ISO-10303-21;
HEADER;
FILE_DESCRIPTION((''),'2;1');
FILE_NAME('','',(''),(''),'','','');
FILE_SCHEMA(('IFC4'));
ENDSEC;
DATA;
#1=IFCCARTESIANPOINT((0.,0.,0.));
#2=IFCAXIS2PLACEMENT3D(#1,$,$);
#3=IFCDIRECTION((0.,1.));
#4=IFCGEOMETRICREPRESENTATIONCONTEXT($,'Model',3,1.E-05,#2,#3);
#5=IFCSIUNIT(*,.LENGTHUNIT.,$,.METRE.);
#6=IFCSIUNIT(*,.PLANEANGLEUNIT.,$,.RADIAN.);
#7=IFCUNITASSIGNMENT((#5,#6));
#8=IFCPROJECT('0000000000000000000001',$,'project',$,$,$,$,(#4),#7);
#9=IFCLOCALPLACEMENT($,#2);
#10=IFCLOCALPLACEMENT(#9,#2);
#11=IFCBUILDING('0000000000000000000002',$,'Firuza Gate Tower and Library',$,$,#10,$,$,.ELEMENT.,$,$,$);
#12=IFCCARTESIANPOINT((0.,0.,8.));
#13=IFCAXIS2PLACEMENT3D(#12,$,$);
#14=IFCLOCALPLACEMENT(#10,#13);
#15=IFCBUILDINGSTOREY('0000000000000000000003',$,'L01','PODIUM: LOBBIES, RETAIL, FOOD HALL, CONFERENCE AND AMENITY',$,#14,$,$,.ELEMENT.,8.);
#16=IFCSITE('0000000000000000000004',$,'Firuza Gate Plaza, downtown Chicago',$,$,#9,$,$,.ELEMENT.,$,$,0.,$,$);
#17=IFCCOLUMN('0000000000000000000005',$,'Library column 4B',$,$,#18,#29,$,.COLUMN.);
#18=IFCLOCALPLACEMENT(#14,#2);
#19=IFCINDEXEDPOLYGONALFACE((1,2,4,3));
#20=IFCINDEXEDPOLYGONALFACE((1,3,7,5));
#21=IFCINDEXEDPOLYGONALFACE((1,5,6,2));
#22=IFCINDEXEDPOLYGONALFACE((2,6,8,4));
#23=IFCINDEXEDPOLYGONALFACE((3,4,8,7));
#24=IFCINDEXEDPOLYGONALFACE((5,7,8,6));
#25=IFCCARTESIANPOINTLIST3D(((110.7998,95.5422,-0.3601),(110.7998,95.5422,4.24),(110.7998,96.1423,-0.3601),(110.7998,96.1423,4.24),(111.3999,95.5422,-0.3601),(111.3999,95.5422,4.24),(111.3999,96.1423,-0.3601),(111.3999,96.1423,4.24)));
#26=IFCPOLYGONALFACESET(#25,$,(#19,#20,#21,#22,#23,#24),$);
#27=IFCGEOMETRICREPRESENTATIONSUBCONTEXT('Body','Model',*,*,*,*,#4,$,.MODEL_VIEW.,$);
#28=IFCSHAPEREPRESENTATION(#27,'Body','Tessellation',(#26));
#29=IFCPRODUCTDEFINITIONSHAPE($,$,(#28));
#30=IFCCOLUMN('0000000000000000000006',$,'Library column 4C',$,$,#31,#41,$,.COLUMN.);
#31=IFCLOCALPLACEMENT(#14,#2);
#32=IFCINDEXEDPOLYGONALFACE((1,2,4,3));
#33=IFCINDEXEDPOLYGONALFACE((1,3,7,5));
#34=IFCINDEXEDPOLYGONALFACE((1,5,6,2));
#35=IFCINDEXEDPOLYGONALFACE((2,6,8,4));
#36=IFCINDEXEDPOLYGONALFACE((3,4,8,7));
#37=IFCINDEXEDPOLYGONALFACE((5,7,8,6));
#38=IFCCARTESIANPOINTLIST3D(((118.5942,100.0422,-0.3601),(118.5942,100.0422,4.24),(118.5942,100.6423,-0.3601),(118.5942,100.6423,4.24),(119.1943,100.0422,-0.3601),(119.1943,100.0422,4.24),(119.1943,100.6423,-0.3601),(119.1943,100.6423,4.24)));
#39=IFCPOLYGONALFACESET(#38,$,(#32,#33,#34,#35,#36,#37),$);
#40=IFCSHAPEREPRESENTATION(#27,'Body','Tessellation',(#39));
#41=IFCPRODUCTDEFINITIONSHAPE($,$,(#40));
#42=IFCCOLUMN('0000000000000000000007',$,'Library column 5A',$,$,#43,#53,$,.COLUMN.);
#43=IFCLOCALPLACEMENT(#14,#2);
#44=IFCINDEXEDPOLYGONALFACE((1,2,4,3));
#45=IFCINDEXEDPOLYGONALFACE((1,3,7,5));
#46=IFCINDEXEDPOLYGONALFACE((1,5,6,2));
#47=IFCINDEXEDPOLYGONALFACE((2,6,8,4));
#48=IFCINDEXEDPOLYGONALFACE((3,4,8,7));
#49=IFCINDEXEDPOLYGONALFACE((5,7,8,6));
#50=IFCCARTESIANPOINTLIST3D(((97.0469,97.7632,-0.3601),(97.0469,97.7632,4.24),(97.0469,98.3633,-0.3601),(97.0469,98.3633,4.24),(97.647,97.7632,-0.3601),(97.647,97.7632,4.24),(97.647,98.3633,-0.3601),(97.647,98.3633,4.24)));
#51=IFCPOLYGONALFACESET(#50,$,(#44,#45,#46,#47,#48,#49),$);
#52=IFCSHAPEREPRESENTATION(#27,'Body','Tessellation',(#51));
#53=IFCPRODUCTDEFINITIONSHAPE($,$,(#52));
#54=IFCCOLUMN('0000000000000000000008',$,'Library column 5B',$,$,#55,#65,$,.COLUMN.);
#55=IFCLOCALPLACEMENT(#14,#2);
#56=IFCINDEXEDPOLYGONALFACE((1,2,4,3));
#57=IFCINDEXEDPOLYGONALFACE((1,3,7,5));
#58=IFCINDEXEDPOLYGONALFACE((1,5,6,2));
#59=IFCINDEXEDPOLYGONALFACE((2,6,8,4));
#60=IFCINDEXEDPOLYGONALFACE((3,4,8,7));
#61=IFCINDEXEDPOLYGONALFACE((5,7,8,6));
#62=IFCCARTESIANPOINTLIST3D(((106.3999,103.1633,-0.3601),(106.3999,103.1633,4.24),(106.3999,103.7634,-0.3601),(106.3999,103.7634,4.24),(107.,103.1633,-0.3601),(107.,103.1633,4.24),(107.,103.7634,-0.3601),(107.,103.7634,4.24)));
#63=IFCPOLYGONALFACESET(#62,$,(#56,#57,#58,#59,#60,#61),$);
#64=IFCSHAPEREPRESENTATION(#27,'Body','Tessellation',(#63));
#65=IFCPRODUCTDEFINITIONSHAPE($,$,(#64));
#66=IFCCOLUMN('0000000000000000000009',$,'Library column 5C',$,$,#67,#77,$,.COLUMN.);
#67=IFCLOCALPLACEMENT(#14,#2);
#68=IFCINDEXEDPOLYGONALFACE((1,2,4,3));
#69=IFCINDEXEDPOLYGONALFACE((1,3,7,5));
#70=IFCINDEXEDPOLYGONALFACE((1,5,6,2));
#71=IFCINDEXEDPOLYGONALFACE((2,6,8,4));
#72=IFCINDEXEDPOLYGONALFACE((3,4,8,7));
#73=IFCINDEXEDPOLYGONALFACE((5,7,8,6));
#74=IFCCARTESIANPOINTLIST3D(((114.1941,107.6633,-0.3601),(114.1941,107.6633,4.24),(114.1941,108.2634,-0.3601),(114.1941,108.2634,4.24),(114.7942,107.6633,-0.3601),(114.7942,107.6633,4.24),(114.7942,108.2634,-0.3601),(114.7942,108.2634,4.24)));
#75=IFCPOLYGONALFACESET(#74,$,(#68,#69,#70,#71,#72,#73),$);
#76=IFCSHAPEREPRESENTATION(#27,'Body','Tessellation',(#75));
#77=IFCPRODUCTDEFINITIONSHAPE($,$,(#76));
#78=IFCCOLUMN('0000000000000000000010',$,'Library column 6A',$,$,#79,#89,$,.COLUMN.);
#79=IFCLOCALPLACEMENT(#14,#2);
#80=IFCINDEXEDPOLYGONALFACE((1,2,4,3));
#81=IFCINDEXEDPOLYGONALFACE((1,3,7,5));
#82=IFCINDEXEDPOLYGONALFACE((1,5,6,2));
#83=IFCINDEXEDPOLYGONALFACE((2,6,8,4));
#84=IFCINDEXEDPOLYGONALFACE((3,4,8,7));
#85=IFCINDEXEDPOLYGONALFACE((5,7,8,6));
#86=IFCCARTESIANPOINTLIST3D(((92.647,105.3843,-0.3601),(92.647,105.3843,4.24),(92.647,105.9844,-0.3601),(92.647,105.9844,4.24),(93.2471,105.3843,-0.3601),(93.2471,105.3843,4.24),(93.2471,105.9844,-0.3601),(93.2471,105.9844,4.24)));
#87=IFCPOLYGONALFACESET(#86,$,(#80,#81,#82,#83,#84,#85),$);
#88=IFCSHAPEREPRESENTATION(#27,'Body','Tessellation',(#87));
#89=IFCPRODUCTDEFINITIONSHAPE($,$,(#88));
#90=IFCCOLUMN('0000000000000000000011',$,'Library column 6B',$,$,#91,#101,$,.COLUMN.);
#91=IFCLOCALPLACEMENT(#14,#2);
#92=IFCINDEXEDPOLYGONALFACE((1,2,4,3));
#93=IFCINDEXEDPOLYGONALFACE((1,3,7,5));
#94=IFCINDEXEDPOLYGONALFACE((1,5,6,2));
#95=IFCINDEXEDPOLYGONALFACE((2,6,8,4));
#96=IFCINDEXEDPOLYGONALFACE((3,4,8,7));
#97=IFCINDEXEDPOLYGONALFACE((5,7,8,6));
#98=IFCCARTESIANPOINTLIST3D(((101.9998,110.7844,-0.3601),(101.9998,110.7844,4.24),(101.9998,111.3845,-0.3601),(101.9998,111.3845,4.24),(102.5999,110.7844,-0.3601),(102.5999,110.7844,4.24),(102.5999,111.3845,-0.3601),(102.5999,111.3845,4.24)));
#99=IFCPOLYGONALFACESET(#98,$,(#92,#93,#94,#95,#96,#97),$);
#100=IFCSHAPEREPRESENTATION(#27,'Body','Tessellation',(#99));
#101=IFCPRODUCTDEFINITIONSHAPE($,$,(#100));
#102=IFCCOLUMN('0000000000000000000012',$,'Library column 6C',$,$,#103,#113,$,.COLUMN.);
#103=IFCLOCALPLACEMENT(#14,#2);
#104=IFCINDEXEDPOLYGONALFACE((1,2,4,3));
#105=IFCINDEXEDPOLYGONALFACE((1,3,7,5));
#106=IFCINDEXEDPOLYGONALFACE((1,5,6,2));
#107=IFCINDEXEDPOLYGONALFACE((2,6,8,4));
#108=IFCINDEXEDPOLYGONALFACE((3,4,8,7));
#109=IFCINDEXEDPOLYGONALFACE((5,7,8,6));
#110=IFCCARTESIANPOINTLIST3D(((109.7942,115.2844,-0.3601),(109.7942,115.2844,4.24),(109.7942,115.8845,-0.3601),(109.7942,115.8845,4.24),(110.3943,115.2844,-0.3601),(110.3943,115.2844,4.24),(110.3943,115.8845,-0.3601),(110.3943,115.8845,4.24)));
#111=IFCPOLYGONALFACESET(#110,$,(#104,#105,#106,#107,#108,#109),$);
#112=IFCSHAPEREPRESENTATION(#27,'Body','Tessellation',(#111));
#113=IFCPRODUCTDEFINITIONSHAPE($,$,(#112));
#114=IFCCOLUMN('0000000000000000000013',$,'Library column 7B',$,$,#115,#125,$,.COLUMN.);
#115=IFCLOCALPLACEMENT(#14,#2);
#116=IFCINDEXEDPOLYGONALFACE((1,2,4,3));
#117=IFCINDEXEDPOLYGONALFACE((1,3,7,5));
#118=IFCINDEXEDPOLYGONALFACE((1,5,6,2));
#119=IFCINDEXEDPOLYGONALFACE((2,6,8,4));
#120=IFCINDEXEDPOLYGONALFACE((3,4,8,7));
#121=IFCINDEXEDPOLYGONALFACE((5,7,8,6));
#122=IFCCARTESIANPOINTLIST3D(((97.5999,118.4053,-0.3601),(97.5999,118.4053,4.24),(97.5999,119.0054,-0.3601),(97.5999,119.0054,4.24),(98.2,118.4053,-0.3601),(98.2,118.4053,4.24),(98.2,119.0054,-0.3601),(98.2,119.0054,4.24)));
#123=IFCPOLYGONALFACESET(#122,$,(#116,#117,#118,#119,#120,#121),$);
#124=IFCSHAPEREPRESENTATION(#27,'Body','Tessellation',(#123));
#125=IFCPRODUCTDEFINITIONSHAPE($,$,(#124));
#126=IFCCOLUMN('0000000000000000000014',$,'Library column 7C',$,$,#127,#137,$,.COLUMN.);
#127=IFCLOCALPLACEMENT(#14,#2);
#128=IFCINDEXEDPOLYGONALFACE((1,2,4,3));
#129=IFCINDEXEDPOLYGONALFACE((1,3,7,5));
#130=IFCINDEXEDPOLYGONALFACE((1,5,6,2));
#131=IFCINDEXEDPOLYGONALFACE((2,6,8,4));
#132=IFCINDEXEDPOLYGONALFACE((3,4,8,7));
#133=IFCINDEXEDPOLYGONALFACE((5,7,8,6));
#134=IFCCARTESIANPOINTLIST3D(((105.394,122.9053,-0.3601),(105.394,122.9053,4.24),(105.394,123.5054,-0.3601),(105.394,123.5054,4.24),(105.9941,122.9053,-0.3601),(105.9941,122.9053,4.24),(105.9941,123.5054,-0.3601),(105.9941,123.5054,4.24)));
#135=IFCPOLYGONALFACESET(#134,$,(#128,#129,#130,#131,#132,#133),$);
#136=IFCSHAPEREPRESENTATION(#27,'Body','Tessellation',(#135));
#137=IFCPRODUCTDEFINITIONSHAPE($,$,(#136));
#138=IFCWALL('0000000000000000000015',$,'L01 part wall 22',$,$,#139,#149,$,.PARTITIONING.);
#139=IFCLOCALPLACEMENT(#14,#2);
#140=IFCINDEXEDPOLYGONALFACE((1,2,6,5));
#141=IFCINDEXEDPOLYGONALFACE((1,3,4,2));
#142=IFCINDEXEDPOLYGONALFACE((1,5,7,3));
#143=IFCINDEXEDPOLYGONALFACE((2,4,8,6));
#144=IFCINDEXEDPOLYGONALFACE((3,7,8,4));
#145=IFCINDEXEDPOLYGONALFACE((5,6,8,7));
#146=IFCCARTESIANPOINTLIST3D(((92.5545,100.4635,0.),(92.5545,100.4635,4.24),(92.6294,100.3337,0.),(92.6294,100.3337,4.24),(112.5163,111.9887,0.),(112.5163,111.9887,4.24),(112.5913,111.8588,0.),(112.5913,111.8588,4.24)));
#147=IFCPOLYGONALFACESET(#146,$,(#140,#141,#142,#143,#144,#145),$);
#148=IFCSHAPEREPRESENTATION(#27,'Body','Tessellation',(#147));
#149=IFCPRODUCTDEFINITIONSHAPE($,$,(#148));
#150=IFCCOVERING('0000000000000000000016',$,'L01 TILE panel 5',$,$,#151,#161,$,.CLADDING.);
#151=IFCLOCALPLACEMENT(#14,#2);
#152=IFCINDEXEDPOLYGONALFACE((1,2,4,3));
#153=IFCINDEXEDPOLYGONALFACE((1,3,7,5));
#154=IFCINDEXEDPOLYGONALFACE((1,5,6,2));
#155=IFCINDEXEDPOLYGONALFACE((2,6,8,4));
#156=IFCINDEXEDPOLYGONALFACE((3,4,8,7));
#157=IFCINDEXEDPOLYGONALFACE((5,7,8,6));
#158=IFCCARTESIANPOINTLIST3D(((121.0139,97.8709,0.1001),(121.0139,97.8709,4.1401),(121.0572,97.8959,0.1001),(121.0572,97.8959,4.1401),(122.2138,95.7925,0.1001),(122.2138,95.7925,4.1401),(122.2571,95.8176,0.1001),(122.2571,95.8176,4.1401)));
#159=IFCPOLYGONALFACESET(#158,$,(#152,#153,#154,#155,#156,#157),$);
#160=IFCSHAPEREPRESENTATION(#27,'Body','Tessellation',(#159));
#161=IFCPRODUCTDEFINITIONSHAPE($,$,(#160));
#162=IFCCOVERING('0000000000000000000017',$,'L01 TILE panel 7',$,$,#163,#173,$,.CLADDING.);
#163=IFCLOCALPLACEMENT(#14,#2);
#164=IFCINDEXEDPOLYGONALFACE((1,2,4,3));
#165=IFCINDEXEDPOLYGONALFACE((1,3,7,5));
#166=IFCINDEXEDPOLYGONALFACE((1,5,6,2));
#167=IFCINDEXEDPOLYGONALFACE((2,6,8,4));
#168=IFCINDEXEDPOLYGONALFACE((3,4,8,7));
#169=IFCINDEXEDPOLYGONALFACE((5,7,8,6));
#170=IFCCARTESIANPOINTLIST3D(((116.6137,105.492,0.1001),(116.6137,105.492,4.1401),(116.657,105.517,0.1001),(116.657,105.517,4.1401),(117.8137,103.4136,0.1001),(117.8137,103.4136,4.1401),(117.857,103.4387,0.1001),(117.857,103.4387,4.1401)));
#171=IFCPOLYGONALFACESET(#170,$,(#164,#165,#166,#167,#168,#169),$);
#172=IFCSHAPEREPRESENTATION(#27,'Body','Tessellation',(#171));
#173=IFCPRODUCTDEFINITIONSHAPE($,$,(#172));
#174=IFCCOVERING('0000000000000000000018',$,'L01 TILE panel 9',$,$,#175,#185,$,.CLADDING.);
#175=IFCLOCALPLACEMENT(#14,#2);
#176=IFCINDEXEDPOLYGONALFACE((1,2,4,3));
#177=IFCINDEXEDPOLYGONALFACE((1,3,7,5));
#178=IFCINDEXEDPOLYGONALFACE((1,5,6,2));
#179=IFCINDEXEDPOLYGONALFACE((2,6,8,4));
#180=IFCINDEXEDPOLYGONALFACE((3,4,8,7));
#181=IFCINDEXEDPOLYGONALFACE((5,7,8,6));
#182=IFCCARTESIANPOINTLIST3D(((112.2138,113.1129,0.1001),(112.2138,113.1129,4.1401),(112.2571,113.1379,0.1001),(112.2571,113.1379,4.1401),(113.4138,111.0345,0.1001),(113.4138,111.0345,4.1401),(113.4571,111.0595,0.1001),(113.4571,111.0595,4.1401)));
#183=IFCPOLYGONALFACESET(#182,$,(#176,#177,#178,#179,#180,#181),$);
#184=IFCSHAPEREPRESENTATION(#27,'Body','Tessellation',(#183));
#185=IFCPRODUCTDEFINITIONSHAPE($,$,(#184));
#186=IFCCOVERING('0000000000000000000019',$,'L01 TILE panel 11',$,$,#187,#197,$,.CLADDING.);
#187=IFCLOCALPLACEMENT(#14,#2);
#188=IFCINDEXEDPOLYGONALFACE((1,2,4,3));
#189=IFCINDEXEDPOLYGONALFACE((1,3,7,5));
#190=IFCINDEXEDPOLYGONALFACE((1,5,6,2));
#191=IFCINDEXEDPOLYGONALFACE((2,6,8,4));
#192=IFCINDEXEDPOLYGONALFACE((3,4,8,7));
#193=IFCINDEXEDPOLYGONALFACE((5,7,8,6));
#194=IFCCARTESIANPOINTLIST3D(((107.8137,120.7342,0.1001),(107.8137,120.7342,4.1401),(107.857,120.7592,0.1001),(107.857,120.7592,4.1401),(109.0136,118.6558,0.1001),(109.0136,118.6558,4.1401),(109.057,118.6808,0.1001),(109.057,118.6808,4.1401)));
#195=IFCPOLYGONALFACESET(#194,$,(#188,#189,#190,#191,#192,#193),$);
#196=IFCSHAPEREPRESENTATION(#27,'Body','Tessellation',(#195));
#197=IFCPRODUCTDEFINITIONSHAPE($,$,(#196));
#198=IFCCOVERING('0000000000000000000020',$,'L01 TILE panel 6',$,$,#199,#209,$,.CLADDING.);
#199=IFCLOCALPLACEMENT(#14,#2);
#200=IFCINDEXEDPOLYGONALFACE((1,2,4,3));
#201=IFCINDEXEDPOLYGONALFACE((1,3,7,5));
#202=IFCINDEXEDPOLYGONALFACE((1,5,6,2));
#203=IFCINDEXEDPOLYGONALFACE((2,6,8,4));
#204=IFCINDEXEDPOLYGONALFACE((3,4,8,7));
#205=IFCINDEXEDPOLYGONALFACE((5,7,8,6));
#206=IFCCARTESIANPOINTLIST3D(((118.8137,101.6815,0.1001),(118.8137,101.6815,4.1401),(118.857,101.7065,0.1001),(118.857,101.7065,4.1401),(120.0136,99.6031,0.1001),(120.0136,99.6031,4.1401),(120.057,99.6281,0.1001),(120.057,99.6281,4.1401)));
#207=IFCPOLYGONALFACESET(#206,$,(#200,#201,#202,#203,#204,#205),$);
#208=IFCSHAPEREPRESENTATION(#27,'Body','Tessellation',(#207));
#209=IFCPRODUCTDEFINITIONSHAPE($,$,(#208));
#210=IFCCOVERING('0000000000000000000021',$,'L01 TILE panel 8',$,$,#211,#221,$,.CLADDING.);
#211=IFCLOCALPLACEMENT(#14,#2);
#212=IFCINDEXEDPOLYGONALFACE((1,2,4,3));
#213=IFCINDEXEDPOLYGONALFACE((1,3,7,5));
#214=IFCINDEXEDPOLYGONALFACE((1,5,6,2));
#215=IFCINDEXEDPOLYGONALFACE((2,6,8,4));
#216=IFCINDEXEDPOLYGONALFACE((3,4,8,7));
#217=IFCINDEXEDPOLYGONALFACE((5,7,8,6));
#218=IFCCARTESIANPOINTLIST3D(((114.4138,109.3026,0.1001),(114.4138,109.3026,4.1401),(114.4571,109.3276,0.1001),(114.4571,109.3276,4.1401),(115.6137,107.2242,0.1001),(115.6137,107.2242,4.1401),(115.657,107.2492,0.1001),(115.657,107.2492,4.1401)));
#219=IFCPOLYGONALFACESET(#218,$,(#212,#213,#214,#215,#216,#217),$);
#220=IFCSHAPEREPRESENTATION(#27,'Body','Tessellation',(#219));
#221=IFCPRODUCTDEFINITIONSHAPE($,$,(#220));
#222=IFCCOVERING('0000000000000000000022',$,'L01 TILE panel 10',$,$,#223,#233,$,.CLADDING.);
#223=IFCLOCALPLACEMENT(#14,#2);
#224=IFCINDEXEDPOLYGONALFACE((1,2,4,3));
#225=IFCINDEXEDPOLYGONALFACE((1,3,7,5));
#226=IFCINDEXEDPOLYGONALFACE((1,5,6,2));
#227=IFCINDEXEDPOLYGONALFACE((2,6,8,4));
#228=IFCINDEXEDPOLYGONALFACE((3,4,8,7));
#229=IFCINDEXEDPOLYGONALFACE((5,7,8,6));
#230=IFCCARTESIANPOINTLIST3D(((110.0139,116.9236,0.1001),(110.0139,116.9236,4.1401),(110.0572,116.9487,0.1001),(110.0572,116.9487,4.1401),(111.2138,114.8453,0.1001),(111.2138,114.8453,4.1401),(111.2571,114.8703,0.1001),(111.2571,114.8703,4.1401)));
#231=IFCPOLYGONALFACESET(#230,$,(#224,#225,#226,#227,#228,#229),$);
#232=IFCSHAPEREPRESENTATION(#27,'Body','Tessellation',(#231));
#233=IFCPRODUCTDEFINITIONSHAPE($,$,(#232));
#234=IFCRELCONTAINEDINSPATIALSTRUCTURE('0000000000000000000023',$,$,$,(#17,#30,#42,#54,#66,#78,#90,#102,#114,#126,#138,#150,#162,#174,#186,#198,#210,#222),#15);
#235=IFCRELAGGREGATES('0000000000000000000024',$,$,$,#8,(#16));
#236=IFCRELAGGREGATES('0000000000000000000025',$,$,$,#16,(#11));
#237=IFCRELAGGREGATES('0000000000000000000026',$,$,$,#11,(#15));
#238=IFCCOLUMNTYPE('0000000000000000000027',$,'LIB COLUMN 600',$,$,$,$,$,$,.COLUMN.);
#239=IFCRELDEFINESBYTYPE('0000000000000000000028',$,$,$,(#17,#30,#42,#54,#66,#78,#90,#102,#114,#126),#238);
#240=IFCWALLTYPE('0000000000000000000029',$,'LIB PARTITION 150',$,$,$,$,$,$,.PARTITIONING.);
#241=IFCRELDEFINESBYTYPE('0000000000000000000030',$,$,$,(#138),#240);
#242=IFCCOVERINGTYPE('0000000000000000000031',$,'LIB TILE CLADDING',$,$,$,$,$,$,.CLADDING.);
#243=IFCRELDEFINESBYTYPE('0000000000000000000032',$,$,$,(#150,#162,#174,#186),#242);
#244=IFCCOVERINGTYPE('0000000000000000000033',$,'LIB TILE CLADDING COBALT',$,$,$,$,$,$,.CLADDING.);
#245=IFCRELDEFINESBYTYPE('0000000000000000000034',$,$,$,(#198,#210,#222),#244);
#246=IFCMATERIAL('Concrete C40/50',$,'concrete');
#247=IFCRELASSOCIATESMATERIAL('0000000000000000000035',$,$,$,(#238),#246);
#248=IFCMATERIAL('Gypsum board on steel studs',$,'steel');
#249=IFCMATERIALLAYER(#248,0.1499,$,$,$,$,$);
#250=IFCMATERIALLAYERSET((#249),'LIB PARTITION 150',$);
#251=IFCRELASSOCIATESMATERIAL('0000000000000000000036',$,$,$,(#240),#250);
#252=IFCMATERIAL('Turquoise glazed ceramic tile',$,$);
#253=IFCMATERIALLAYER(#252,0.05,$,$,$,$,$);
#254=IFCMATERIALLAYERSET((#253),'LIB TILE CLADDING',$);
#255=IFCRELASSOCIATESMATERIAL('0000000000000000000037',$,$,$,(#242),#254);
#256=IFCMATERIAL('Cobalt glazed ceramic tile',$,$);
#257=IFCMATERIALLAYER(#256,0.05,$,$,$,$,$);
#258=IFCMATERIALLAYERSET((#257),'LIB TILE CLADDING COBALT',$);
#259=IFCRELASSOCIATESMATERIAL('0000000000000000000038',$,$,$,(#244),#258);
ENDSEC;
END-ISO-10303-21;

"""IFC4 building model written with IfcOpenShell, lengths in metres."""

from ifc_helpers import new_model, si_unit, direction, frame, frame_2d, origin, origin_2d, place, context, subcontext, project, spatial, rectangle, extrude, material, layer, layer_set, material_profile, profile_set, type_object, element, save


model = new_model("IFC4")

# Units and contexts
model_context = context("Model", 3, precision=1e-05, world=origin(), true_north=direction((0.0, 1.0)))
body_context = subcontext(model_context, "Body", "Model", "MODEL_VIEW")
ifc_project = project(units=[si_unit("LENGTHUNIT", "METRE"), si_unit("PLANEANGLEUNIT", "RADIAN")], contexts=[model_context])

# Site, building, storey
site_placement = place(None, origin())
site = spatial("IfcSite", under=ifc_project, at=site_placement, Name="Firuza Gate Plaza, downtown Chicago", CompositionType="ELEMENT", RefElevation=0.0)
building_placement = place(site_placement, origin())
building = spatial("IfcBuilding", under=site, at=building_placement, Name="Firuza Gate Tower and Library", CompositionType="ELEMENT")
storey_placement = place(building_placement, frame((0.0, 0.0, 8.0)))
storey = spatial("IfcBuildingStorey", under=building, at=storey_placement, Name="L01", Description="PODIUM: LOBBIES, RETAIL, FOOD HALL, CONFERENCE AND AMENITY", CompositionType="ELEMENT", Elevation=8.0)

# Columns
ifc_material_1 = material(Name="Concrete C40/50", Category="concrete")
ifc_material_profile = material_profile(ifc_material_1, rectangle(XDim=0.6001, YDim=0.6001, at=origin_2d()))
ifc_profile_set = profile_set([ifc_material_profile], Name="Concrete C40/50")
column_type = type_object("IfcColumnType", Name="LIB COLUMN 600", PredefinedType="COLUMN", material=ifc_profile_set)
for number, where, z_axis, x_axis, name in (
    (1, (111.0999, 95.8423, -0.3601), (0.0, 0.0, 1.0), (1.0, 0.0, 0.0), "Library column 4B"),
    (2, (118.8943, 100.3423, -0.3601), (0.0, 0.0, 1.0), (1.0, 0.0, 0.0), "Library column 4C"),
    (3, (97.3469, 98.0632, -0.3601), (0.0, 0.0, 1.0), (1.0, 0.0, 0.0), "Library column 5A"),
    (4, (106.7, 103.4634, -0.3601), (0.0, 0.0, 1.0), (1.0, 0.0, 0.0), "Library column 5B"),
    (5, (114.4941, 107.9634, -0.3601), (0.0, 0.0, 1.0), (1.0, 0.0, 0.0), "Library column 5C"),
    (6, (92.947, 105.6843, -0.3601), (0.0, 0.0, 1.0), (1.0, 0.0, 0.0), "Library column 6A"),
    (7, (102.2998, 111.0845, -0.3601), (0.0, 0.0, 1.0), (1.0, 0.0, 0.0), "Library column 6B"),
    (8, (110.0942, 115.5845, -0.3601), (0.0, 0.0, 1.0), (1.0, 0.0, 0.0), "Library column 6C"),
    (9, (97.8999, 118.7053, -0.3601), (0.0, 0.0, 1.0), (1.0, 0.0, 0.0), "Library column 7B"),
    (10, (105.6941, 123.2053, -0.3601), (0.0, 0.0, 1.0), (1.0, 0.0, 0.0), "Library column 7C"),
):
    element("IfcColumn", number, at=place(storey_placement, frame(where, z_axis=z_axis, x_axis=x_axis)), inside=storey, type_object=column_type, Name=name, PredefinedType="COLUMN", context=body_context, shape_type="SweptSolid", body=[
        extrude(rectangle(XDim=0.6001, YDim=0.6001, at=origin_2d()), origin(), (0.0, 0.0, 1.0), 4.6001),
    ])

# Wall
ifc_material_2 = material(Name="Gypsum board on steel studs", Category="steel")
ifc_layer_1 = layer(ifc_material_2, 0.1499)
ifc_layer_set_1 = layer_set([ifc_layer_1], Name="LIB PARTITION 150")
wall_type = type_object("IfcWallType", Name="LIB PARTITION 150", PredefinedType="PARTITIONING", material=ifc_layer_set_1)
wall_placement = place(storey_placement, frame((92.592, 100.3987, 0.0), z_axis=(0.0, 0.0, 1.0), x_axis=(0.866023, 0.500004, 0.0)))
element("IfcWall", 11, at=wall_placement, inside=storey, type_object=wall_type, Name="L01 part wall 22", PredefinedType="PARTITIONING", context=body_context, shape_type="SweptSolid", body=[
    extrude(rectangle(XDim=23.05, YDim=0.1499, at=frame_2d((11.5249, 0.0))), origin(), (0.0, 0.0, 1.0), 4.24),
])

# Coverings
ifc_material_3 = material(Name="Turquoise glazed ceramic tile")
ifc_layer_2 = layer(ifc_material_3, 0.05)
ifc_layer_set_2 = layer_set([ifc_layer_2], Name="LIB TILE CLADDING")
covering_type_1 = type_object("IfcCoveringType", Name="LIB TILE CLADDING", PredefinedType="CLADDING", material=ifc_layer_set_2)
for number, where, z_axis, x_axis, name in (
    (12, (121.6355, 96.8442, 0.1001), (0.0, 0.0, 1.0), (-0.5, 0.866025, 0.0), "L01 TILE panel 5"),
    (13, (117.2354, 104.4653, 0.1001), (0.0, 0.0, 1.0), (-0.5, 0.866025, 0.0), "L01 TILE panel 7"),
    (14, (112.8354, 112.0862, 0.1001), (0.0, 0.0, 1.0), (-0.5, 0.866025, 0.0), "L01 TILE panel 9"),
    (15, (108.4353, 119.7075, 0.1001), (0.0, 0.0, 1.0), (-0.5, 0.866025, 0.0), "L01 TILE panel 11"),
):
    element("IfcCovering", number, at=place(storey_placement, frame(where, z_axis=z_axis, x_axis=x_axis)), inside=storey, type_object=covering_type_1, Name=name, PredefinedType="CLADDING", context=body_context, shape_type="SweptSolid", body=[
        extrude(rectangle(XDim=2.3999, YDim=0.05, at=origin_2d()), origin(), (0.0, 0.0, 1.0), 4.04),
    ])
ifc_material_4 = material(Name="Cobalt glazed ceramic tile")
ifc_layer_3 = layer(ifc_material_4, 0.05)
ifc_layer_set_3 = layer_set([ifc_layer_3], Name="LIB TILE CLADDING COBALT")
covering_type_2 = type_object("IfcCoveringType", Name="LIB TILE CLADDING COBALT", PredefinedType="CLADDING", material=ifc_layer_set_3)
for number, where, z_axis, x_axis, name in (
    (16, (119.4353, 100.6548, 0.1001), (0.0, 0.0, 1.0), (-0.5, 0.866025, 0.0), "L01 TILE panel 6"),
    (17, (115.0354, 108.2759, 0.1001), (0.0, 0.0, 1.0), (-0.5, 0.866025, 0.0), "L01 TILE panel 8"),
    (18, (110.6355, 115.897, 0.1001), (0.0, 0.0, 1.0), (-0.5, 0.866025, 0.0), "L01 TILE panel 10"),
):
    element("IfcCovering", number, at=place(storey_placement, frame(where, z_axis=z_axis, x_axis=x_axis)), inside=storey, type_object=covering_type_2, Name=name, PredefinedType="CLADDING", context=body_context, shape_type="SweptSolid", body=[
        extrude(rectangle(XDim=2.3999, YDim=0.05, at=origin_2d()), origin(), (0.0, 0.0, 1.0), 4.04),
    ])

save(model, "model.ifc")
